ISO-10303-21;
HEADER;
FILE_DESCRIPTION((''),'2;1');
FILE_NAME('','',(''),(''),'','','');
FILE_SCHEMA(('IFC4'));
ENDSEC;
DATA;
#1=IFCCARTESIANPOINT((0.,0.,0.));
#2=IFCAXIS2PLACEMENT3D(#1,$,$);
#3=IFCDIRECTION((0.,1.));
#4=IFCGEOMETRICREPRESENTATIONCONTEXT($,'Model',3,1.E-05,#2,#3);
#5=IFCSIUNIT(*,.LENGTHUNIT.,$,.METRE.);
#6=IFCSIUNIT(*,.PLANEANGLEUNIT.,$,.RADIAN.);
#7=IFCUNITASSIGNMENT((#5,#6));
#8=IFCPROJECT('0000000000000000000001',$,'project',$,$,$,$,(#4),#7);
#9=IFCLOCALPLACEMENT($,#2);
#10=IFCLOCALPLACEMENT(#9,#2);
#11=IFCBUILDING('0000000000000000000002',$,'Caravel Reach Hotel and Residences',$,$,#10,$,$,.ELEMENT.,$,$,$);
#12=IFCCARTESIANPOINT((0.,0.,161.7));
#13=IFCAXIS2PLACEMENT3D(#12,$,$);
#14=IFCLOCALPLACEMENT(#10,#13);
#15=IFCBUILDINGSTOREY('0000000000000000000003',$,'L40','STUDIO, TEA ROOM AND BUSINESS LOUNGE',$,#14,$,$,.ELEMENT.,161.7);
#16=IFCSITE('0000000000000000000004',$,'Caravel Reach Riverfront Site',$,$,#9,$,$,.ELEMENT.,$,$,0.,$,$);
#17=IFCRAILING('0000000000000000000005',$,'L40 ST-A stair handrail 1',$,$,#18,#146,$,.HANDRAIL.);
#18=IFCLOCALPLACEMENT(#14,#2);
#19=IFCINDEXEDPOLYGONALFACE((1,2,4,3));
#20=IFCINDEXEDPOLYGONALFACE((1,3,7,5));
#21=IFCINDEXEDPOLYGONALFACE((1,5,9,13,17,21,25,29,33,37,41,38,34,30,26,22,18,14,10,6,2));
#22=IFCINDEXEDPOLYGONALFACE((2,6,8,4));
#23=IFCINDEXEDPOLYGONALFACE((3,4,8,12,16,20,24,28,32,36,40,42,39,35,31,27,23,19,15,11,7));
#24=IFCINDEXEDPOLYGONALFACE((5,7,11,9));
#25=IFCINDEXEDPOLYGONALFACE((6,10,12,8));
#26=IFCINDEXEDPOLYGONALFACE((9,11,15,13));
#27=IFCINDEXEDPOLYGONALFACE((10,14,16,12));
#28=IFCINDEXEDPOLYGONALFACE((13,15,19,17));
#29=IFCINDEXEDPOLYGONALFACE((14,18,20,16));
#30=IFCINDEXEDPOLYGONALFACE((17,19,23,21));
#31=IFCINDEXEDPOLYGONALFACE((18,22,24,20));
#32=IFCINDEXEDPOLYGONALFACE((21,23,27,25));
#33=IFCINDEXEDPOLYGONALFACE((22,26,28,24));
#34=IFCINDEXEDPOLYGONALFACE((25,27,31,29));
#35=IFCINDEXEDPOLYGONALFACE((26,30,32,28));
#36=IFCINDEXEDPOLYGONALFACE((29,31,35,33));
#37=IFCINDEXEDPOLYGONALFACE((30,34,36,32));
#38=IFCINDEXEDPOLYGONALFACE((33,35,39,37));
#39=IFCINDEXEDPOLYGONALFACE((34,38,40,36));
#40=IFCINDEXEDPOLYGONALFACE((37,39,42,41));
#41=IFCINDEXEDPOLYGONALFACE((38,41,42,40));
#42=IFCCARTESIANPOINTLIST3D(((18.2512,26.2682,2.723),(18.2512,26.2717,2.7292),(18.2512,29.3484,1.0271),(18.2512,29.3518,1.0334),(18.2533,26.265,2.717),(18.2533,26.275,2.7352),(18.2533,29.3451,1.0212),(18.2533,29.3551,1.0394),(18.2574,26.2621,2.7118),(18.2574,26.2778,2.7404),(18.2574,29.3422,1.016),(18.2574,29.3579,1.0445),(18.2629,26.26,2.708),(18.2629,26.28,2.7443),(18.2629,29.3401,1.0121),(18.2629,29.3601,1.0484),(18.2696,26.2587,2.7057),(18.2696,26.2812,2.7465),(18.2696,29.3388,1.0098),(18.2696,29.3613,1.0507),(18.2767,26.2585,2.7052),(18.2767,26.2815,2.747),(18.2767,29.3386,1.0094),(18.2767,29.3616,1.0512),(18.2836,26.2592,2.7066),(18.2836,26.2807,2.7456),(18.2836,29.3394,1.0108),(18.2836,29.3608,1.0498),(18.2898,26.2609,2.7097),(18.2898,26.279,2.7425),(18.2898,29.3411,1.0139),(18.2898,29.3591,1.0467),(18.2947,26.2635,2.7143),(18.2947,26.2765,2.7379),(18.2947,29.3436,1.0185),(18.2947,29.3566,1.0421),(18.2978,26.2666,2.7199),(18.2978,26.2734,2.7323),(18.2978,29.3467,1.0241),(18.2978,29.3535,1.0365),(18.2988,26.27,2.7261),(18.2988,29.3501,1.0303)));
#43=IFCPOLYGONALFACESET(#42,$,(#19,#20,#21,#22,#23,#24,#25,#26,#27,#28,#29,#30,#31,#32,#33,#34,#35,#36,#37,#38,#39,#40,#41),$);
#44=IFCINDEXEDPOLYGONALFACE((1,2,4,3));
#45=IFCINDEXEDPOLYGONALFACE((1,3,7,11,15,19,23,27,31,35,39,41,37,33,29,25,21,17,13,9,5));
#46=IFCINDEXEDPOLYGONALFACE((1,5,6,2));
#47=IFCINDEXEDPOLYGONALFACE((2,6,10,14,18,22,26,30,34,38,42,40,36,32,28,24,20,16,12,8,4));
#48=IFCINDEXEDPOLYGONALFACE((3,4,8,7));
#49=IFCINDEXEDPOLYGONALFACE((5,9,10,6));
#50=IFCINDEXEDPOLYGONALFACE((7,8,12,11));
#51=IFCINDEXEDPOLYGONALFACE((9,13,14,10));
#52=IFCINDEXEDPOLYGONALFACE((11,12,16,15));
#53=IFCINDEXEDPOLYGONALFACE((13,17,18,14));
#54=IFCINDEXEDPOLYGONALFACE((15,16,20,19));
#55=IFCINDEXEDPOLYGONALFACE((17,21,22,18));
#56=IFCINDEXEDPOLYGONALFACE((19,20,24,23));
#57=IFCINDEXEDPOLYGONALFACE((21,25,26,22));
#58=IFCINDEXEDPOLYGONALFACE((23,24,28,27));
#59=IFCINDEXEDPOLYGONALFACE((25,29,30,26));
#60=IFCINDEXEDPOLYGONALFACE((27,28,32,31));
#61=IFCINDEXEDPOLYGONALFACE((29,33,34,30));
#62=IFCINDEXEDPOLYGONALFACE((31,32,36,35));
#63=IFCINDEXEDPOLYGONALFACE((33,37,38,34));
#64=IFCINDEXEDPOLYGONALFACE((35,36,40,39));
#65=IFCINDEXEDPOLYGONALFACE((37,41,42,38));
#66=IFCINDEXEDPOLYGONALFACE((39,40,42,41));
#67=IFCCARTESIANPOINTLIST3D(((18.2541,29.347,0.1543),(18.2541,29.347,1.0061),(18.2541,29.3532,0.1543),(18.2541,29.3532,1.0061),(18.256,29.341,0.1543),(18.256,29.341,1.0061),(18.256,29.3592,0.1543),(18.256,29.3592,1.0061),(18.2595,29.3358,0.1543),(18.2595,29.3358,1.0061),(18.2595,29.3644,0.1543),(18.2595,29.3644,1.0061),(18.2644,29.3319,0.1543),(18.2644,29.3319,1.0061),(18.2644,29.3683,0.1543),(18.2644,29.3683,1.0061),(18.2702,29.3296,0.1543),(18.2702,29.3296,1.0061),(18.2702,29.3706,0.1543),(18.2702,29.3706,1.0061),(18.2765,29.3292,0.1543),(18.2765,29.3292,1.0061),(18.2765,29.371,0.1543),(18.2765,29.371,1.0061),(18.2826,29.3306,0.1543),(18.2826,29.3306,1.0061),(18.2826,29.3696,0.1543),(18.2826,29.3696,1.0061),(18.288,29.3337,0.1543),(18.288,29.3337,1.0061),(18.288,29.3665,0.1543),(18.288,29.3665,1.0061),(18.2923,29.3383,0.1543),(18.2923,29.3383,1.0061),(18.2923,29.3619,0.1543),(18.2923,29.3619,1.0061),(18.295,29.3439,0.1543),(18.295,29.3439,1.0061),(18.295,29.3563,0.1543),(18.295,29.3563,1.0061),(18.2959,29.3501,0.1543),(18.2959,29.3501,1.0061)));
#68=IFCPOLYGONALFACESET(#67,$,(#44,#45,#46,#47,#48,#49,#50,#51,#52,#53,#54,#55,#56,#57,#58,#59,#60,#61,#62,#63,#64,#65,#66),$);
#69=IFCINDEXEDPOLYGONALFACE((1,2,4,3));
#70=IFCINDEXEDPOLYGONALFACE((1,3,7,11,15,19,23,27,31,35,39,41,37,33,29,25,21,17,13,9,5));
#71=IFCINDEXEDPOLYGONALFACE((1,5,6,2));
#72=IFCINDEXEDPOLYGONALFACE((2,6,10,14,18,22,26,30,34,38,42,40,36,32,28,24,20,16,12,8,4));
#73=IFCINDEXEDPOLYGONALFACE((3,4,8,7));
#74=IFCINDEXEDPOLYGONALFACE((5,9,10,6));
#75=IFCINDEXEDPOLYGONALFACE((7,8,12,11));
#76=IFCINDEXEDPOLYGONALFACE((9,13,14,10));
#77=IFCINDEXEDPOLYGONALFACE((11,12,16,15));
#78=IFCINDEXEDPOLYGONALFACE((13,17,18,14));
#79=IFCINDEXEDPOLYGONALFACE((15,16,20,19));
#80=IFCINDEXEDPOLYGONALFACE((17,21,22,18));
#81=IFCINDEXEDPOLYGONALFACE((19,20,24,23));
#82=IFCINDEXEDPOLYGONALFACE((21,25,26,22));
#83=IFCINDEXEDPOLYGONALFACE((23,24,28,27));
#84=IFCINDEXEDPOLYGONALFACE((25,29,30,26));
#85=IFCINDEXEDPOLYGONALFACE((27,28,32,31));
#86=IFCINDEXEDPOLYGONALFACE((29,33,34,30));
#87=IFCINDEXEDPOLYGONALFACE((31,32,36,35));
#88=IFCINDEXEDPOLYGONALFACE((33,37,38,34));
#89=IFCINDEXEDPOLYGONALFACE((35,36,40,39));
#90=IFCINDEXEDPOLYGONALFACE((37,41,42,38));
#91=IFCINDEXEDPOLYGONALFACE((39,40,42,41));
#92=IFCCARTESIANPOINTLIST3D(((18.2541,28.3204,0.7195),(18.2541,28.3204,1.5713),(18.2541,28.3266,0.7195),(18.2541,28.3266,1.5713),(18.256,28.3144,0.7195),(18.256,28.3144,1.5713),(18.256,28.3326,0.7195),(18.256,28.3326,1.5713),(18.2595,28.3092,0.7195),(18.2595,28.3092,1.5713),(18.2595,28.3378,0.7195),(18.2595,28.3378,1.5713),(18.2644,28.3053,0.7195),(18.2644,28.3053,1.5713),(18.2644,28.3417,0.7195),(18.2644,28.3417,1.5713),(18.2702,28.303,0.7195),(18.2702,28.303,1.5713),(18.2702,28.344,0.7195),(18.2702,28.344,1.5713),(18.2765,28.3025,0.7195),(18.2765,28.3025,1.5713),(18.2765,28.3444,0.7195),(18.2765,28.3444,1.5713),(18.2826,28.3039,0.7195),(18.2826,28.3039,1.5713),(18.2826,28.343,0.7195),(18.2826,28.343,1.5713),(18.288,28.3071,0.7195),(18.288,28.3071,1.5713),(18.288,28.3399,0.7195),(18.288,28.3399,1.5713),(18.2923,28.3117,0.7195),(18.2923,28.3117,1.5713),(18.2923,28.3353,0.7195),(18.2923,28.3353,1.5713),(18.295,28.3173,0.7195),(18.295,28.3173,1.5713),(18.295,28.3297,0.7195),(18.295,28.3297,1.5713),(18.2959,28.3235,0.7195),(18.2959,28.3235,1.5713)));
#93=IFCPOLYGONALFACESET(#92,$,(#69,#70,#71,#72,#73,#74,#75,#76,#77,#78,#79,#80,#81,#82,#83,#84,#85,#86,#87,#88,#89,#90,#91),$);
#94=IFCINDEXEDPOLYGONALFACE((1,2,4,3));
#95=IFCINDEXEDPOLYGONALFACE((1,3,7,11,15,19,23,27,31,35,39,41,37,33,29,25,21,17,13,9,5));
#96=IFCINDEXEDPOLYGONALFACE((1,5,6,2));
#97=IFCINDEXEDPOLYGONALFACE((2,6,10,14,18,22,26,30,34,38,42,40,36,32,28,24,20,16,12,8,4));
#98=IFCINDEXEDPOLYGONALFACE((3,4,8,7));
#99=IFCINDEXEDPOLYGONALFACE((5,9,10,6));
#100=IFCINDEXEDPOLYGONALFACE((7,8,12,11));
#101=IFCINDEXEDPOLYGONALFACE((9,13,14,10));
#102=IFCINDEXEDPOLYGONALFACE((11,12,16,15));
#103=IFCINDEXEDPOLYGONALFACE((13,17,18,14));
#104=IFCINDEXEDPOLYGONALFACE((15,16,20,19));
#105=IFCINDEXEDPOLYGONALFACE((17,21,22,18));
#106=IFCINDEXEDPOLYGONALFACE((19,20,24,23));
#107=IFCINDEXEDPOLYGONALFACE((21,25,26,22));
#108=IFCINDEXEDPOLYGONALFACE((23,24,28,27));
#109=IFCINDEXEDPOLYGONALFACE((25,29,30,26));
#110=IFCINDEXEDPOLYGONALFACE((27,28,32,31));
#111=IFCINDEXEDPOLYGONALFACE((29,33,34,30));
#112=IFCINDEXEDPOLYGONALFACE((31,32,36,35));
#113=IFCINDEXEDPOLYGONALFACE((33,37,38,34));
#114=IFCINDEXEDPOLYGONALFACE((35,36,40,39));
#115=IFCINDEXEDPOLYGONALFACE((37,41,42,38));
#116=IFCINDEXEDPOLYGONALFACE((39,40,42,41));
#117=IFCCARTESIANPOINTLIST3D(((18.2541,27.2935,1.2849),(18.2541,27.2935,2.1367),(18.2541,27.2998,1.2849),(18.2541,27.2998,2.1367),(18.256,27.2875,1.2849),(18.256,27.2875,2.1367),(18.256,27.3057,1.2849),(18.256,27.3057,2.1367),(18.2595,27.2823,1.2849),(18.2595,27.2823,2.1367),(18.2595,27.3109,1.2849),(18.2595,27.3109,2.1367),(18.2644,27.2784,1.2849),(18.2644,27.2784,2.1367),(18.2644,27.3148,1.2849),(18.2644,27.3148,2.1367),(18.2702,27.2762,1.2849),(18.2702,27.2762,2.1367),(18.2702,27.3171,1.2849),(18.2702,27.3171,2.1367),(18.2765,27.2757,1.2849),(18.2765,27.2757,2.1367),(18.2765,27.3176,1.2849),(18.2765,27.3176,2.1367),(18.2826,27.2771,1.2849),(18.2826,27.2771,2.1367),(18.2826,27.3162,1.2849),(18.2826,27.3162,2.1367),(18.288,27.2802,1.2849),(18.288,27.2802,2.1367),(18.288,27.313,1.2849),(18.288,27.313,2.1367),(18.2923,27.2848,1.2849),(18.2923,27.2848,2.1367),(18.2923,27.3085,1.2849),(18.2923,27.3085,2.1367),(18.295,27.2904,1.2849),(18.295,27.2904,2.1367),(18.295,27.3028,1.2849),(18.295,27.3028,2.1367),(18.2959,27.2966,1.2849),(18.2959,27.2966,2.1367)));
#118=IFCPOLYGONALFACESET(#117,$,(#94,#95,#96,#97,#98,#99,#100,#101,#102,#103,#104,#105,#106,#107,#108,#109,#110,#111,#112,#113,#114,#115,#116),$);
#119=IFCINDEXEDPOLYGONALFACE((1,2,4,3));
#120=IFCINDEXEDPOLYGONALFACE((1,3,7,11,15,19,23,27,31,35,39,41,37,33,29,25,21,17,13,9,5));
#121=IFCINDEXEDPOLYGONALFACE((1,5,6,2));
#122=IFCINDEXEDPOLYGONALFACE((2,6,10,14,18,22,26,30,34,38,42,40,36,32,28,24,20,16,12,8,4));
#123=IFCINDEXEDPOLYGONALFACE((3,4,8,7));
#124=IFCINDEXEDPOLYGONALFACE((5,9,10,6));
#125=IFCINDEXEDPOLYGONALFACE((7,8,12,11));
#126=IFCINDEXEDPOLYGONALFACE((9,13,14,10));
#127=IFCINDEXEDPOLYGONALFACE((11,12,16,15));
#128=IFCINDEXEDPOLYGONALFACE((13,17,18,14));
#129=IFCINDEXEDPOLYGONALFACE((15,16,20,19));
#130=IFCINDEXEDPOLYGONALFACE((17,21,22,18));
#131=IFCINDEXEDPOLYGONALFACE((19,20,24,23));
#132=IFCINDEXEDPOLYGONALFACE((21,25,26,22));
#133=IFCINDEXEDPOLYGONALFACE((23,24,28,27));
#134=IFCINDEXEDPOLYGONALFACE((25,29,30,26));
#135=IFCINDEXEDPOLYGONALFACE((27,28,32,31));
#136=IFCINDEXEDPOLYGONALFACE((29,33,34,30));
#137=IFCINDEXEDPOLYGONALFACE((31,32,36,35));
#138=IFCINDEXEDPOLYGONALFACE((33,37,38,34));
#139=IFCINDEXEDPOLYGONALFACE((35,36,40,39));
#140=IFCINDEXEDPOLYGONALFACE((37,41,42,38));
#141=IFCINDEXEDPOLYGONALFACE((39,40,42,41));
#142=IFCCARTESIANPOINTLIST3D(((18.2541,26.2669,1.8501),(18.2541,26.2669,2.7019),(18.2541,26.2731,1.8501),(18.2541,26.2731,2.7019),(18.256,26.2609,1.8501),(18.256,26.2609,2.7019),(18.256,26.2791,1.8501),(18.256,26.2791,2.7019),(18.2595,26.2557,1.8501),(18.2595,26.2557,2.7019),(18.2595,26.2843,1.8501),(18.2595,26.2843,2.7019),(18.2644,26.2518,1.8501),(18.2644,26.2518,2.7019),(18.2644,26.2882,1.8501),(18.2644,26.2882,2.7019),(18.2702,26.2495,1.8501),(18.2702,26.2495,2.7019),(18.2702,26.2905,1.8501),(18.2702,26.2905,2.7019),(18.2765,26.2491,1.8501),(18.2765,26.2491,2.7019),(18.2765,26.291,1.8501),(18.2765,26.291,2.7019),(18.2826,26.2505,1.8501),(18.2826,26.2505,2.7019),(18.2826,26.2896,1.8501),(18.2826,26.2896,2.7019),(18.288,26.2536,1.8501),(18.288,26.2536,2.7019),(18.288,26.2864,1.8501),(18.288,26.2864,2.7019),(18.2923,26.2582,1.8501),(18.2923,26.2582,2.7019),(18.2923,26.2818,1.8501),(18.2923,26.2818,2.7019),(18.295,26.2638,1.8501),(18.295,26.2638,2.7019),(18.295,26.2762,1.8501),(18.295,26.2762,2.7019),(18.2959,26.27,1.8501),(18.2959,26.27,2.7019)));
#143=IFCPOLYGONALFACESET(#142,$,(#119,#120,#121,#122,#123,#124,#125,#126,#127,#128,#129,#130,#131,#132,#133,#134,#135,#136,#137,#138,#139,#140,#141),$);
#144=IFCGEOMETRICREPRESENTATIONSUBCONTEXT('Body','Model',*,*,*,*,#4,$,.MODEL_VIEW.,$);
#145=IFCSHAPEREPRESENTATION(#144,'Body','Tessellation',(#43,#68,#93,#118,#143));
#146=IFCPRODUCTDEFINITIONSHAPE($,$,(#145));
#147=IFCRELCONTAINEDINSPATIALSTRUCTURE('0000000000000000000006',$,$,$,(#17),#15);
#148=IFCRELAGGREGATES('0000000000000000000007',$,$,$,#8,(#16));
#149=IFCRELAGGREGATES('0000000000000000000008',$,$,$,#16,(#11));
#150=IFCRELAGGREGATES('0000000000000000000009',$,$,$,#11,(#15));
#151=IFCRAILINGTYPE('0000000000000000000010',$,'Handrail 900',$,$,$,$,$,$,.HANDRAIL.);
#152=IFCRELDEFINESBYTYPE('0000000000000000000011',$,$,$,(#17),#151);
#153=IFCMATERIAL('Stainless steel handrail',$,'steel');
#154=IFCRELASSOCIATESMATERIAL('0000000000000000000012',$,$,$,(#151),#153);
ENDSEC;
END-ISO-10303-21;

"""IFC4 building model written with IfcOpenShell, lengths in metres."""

from ifc_helpers import new_model, si_unit, direction, frame, origin, origin_2d, place, context, subcontext, project, spatial, circle, extrude, material, type_object, element, save


model = new_model("IFC4")

# Units and contexts
model_context = context("Model", 3, precision=1e-05, world=origin(), true_north=direction((0.0, 1.0)))
body_context = subcontext(model_context, "Body", "Model", "MODEL_VIEW")
ifc_project = project(units=[si_unit("LENGTHUNIT", "METRE"), si_unit("PLANEANGLEUNIT", "RADIAN")], contexts=[model_context])

# Site, building, storey
site_placement = place(None, origin())
site = spatial("IfcSite", under=ifc_project, at=site_placement, Name="Caravel Reach Riverfront Site", CompositionType="ELEMENT", RefElevation=0.0)
building_placement = place(site_placement, origin())
building = spatial("IfcBuilding", under=site, at=building_placement, Name="Caravel Reach Hotel and Residences", CompositionType="ELEMENT")
storey_placement = place(building_placement, frame((0.0, 0.0, 161.7)))
storey = spatial("IfcBuildingStorey", under=building, at=storey_placement, Name="L40", Description="STUDIO, TEA ROOM AND BUSINESS LOUNGE", CompositionType="ELEMENT", Elevation=161.7)

# Railing
ifc_material_1 = material(Name="Stainless steel handrail", Category="steel")
railing_type_1 = type_object("IfcRailingType", Name="Handrail 900", PredefinedType="HANDRAIL", material=ifc_material_1)
railing_1_placement = place(storey_placement, frame((18.2749, 29.3501, 0.1543)))
element("IfcRailing", 1, at=railing_1_placement, inside=storey, type_object=railing_type_1, Name="L40 ST-A stair handrail 1", PredefinedType="HANDRAIL", context=body_context, shape_type="SweptSolid", body=[
    extrude(circle(Radius=0.0239, at=origin_2d()), frame((0.0, 0.0, 0.876), z_axis=(0.0, -0.876005, 0.482303), x_axis=(1.0, 0.0, 0.0)), (0.0, 0.0, 1.0), 3.5161),
    extrude(circle(Radius=0.021, at=origin_2d()), origin(), (0.0, 0.0, 1.0), 0.8518),
    extrude(circle(Radius=0.021, at=origin_2d()), frame((0.0, -1.0266, 0.5652)), (0.0, 0.0, 1.0), 0.8518),
    extrude(circle(Radius=0.021, at=origin_2d()), frame((0.0, -2.0535, 1.1306)), (0.0, 0.0, 1.0), 0.8518),
    extrude(circle(Radius=0.021, at=origin_2d()), frame((0.0, -3.0801, 1.6958)), (0.0, 0.0, 1.0), 0.8518),
])

save(model, "model.ifc")
